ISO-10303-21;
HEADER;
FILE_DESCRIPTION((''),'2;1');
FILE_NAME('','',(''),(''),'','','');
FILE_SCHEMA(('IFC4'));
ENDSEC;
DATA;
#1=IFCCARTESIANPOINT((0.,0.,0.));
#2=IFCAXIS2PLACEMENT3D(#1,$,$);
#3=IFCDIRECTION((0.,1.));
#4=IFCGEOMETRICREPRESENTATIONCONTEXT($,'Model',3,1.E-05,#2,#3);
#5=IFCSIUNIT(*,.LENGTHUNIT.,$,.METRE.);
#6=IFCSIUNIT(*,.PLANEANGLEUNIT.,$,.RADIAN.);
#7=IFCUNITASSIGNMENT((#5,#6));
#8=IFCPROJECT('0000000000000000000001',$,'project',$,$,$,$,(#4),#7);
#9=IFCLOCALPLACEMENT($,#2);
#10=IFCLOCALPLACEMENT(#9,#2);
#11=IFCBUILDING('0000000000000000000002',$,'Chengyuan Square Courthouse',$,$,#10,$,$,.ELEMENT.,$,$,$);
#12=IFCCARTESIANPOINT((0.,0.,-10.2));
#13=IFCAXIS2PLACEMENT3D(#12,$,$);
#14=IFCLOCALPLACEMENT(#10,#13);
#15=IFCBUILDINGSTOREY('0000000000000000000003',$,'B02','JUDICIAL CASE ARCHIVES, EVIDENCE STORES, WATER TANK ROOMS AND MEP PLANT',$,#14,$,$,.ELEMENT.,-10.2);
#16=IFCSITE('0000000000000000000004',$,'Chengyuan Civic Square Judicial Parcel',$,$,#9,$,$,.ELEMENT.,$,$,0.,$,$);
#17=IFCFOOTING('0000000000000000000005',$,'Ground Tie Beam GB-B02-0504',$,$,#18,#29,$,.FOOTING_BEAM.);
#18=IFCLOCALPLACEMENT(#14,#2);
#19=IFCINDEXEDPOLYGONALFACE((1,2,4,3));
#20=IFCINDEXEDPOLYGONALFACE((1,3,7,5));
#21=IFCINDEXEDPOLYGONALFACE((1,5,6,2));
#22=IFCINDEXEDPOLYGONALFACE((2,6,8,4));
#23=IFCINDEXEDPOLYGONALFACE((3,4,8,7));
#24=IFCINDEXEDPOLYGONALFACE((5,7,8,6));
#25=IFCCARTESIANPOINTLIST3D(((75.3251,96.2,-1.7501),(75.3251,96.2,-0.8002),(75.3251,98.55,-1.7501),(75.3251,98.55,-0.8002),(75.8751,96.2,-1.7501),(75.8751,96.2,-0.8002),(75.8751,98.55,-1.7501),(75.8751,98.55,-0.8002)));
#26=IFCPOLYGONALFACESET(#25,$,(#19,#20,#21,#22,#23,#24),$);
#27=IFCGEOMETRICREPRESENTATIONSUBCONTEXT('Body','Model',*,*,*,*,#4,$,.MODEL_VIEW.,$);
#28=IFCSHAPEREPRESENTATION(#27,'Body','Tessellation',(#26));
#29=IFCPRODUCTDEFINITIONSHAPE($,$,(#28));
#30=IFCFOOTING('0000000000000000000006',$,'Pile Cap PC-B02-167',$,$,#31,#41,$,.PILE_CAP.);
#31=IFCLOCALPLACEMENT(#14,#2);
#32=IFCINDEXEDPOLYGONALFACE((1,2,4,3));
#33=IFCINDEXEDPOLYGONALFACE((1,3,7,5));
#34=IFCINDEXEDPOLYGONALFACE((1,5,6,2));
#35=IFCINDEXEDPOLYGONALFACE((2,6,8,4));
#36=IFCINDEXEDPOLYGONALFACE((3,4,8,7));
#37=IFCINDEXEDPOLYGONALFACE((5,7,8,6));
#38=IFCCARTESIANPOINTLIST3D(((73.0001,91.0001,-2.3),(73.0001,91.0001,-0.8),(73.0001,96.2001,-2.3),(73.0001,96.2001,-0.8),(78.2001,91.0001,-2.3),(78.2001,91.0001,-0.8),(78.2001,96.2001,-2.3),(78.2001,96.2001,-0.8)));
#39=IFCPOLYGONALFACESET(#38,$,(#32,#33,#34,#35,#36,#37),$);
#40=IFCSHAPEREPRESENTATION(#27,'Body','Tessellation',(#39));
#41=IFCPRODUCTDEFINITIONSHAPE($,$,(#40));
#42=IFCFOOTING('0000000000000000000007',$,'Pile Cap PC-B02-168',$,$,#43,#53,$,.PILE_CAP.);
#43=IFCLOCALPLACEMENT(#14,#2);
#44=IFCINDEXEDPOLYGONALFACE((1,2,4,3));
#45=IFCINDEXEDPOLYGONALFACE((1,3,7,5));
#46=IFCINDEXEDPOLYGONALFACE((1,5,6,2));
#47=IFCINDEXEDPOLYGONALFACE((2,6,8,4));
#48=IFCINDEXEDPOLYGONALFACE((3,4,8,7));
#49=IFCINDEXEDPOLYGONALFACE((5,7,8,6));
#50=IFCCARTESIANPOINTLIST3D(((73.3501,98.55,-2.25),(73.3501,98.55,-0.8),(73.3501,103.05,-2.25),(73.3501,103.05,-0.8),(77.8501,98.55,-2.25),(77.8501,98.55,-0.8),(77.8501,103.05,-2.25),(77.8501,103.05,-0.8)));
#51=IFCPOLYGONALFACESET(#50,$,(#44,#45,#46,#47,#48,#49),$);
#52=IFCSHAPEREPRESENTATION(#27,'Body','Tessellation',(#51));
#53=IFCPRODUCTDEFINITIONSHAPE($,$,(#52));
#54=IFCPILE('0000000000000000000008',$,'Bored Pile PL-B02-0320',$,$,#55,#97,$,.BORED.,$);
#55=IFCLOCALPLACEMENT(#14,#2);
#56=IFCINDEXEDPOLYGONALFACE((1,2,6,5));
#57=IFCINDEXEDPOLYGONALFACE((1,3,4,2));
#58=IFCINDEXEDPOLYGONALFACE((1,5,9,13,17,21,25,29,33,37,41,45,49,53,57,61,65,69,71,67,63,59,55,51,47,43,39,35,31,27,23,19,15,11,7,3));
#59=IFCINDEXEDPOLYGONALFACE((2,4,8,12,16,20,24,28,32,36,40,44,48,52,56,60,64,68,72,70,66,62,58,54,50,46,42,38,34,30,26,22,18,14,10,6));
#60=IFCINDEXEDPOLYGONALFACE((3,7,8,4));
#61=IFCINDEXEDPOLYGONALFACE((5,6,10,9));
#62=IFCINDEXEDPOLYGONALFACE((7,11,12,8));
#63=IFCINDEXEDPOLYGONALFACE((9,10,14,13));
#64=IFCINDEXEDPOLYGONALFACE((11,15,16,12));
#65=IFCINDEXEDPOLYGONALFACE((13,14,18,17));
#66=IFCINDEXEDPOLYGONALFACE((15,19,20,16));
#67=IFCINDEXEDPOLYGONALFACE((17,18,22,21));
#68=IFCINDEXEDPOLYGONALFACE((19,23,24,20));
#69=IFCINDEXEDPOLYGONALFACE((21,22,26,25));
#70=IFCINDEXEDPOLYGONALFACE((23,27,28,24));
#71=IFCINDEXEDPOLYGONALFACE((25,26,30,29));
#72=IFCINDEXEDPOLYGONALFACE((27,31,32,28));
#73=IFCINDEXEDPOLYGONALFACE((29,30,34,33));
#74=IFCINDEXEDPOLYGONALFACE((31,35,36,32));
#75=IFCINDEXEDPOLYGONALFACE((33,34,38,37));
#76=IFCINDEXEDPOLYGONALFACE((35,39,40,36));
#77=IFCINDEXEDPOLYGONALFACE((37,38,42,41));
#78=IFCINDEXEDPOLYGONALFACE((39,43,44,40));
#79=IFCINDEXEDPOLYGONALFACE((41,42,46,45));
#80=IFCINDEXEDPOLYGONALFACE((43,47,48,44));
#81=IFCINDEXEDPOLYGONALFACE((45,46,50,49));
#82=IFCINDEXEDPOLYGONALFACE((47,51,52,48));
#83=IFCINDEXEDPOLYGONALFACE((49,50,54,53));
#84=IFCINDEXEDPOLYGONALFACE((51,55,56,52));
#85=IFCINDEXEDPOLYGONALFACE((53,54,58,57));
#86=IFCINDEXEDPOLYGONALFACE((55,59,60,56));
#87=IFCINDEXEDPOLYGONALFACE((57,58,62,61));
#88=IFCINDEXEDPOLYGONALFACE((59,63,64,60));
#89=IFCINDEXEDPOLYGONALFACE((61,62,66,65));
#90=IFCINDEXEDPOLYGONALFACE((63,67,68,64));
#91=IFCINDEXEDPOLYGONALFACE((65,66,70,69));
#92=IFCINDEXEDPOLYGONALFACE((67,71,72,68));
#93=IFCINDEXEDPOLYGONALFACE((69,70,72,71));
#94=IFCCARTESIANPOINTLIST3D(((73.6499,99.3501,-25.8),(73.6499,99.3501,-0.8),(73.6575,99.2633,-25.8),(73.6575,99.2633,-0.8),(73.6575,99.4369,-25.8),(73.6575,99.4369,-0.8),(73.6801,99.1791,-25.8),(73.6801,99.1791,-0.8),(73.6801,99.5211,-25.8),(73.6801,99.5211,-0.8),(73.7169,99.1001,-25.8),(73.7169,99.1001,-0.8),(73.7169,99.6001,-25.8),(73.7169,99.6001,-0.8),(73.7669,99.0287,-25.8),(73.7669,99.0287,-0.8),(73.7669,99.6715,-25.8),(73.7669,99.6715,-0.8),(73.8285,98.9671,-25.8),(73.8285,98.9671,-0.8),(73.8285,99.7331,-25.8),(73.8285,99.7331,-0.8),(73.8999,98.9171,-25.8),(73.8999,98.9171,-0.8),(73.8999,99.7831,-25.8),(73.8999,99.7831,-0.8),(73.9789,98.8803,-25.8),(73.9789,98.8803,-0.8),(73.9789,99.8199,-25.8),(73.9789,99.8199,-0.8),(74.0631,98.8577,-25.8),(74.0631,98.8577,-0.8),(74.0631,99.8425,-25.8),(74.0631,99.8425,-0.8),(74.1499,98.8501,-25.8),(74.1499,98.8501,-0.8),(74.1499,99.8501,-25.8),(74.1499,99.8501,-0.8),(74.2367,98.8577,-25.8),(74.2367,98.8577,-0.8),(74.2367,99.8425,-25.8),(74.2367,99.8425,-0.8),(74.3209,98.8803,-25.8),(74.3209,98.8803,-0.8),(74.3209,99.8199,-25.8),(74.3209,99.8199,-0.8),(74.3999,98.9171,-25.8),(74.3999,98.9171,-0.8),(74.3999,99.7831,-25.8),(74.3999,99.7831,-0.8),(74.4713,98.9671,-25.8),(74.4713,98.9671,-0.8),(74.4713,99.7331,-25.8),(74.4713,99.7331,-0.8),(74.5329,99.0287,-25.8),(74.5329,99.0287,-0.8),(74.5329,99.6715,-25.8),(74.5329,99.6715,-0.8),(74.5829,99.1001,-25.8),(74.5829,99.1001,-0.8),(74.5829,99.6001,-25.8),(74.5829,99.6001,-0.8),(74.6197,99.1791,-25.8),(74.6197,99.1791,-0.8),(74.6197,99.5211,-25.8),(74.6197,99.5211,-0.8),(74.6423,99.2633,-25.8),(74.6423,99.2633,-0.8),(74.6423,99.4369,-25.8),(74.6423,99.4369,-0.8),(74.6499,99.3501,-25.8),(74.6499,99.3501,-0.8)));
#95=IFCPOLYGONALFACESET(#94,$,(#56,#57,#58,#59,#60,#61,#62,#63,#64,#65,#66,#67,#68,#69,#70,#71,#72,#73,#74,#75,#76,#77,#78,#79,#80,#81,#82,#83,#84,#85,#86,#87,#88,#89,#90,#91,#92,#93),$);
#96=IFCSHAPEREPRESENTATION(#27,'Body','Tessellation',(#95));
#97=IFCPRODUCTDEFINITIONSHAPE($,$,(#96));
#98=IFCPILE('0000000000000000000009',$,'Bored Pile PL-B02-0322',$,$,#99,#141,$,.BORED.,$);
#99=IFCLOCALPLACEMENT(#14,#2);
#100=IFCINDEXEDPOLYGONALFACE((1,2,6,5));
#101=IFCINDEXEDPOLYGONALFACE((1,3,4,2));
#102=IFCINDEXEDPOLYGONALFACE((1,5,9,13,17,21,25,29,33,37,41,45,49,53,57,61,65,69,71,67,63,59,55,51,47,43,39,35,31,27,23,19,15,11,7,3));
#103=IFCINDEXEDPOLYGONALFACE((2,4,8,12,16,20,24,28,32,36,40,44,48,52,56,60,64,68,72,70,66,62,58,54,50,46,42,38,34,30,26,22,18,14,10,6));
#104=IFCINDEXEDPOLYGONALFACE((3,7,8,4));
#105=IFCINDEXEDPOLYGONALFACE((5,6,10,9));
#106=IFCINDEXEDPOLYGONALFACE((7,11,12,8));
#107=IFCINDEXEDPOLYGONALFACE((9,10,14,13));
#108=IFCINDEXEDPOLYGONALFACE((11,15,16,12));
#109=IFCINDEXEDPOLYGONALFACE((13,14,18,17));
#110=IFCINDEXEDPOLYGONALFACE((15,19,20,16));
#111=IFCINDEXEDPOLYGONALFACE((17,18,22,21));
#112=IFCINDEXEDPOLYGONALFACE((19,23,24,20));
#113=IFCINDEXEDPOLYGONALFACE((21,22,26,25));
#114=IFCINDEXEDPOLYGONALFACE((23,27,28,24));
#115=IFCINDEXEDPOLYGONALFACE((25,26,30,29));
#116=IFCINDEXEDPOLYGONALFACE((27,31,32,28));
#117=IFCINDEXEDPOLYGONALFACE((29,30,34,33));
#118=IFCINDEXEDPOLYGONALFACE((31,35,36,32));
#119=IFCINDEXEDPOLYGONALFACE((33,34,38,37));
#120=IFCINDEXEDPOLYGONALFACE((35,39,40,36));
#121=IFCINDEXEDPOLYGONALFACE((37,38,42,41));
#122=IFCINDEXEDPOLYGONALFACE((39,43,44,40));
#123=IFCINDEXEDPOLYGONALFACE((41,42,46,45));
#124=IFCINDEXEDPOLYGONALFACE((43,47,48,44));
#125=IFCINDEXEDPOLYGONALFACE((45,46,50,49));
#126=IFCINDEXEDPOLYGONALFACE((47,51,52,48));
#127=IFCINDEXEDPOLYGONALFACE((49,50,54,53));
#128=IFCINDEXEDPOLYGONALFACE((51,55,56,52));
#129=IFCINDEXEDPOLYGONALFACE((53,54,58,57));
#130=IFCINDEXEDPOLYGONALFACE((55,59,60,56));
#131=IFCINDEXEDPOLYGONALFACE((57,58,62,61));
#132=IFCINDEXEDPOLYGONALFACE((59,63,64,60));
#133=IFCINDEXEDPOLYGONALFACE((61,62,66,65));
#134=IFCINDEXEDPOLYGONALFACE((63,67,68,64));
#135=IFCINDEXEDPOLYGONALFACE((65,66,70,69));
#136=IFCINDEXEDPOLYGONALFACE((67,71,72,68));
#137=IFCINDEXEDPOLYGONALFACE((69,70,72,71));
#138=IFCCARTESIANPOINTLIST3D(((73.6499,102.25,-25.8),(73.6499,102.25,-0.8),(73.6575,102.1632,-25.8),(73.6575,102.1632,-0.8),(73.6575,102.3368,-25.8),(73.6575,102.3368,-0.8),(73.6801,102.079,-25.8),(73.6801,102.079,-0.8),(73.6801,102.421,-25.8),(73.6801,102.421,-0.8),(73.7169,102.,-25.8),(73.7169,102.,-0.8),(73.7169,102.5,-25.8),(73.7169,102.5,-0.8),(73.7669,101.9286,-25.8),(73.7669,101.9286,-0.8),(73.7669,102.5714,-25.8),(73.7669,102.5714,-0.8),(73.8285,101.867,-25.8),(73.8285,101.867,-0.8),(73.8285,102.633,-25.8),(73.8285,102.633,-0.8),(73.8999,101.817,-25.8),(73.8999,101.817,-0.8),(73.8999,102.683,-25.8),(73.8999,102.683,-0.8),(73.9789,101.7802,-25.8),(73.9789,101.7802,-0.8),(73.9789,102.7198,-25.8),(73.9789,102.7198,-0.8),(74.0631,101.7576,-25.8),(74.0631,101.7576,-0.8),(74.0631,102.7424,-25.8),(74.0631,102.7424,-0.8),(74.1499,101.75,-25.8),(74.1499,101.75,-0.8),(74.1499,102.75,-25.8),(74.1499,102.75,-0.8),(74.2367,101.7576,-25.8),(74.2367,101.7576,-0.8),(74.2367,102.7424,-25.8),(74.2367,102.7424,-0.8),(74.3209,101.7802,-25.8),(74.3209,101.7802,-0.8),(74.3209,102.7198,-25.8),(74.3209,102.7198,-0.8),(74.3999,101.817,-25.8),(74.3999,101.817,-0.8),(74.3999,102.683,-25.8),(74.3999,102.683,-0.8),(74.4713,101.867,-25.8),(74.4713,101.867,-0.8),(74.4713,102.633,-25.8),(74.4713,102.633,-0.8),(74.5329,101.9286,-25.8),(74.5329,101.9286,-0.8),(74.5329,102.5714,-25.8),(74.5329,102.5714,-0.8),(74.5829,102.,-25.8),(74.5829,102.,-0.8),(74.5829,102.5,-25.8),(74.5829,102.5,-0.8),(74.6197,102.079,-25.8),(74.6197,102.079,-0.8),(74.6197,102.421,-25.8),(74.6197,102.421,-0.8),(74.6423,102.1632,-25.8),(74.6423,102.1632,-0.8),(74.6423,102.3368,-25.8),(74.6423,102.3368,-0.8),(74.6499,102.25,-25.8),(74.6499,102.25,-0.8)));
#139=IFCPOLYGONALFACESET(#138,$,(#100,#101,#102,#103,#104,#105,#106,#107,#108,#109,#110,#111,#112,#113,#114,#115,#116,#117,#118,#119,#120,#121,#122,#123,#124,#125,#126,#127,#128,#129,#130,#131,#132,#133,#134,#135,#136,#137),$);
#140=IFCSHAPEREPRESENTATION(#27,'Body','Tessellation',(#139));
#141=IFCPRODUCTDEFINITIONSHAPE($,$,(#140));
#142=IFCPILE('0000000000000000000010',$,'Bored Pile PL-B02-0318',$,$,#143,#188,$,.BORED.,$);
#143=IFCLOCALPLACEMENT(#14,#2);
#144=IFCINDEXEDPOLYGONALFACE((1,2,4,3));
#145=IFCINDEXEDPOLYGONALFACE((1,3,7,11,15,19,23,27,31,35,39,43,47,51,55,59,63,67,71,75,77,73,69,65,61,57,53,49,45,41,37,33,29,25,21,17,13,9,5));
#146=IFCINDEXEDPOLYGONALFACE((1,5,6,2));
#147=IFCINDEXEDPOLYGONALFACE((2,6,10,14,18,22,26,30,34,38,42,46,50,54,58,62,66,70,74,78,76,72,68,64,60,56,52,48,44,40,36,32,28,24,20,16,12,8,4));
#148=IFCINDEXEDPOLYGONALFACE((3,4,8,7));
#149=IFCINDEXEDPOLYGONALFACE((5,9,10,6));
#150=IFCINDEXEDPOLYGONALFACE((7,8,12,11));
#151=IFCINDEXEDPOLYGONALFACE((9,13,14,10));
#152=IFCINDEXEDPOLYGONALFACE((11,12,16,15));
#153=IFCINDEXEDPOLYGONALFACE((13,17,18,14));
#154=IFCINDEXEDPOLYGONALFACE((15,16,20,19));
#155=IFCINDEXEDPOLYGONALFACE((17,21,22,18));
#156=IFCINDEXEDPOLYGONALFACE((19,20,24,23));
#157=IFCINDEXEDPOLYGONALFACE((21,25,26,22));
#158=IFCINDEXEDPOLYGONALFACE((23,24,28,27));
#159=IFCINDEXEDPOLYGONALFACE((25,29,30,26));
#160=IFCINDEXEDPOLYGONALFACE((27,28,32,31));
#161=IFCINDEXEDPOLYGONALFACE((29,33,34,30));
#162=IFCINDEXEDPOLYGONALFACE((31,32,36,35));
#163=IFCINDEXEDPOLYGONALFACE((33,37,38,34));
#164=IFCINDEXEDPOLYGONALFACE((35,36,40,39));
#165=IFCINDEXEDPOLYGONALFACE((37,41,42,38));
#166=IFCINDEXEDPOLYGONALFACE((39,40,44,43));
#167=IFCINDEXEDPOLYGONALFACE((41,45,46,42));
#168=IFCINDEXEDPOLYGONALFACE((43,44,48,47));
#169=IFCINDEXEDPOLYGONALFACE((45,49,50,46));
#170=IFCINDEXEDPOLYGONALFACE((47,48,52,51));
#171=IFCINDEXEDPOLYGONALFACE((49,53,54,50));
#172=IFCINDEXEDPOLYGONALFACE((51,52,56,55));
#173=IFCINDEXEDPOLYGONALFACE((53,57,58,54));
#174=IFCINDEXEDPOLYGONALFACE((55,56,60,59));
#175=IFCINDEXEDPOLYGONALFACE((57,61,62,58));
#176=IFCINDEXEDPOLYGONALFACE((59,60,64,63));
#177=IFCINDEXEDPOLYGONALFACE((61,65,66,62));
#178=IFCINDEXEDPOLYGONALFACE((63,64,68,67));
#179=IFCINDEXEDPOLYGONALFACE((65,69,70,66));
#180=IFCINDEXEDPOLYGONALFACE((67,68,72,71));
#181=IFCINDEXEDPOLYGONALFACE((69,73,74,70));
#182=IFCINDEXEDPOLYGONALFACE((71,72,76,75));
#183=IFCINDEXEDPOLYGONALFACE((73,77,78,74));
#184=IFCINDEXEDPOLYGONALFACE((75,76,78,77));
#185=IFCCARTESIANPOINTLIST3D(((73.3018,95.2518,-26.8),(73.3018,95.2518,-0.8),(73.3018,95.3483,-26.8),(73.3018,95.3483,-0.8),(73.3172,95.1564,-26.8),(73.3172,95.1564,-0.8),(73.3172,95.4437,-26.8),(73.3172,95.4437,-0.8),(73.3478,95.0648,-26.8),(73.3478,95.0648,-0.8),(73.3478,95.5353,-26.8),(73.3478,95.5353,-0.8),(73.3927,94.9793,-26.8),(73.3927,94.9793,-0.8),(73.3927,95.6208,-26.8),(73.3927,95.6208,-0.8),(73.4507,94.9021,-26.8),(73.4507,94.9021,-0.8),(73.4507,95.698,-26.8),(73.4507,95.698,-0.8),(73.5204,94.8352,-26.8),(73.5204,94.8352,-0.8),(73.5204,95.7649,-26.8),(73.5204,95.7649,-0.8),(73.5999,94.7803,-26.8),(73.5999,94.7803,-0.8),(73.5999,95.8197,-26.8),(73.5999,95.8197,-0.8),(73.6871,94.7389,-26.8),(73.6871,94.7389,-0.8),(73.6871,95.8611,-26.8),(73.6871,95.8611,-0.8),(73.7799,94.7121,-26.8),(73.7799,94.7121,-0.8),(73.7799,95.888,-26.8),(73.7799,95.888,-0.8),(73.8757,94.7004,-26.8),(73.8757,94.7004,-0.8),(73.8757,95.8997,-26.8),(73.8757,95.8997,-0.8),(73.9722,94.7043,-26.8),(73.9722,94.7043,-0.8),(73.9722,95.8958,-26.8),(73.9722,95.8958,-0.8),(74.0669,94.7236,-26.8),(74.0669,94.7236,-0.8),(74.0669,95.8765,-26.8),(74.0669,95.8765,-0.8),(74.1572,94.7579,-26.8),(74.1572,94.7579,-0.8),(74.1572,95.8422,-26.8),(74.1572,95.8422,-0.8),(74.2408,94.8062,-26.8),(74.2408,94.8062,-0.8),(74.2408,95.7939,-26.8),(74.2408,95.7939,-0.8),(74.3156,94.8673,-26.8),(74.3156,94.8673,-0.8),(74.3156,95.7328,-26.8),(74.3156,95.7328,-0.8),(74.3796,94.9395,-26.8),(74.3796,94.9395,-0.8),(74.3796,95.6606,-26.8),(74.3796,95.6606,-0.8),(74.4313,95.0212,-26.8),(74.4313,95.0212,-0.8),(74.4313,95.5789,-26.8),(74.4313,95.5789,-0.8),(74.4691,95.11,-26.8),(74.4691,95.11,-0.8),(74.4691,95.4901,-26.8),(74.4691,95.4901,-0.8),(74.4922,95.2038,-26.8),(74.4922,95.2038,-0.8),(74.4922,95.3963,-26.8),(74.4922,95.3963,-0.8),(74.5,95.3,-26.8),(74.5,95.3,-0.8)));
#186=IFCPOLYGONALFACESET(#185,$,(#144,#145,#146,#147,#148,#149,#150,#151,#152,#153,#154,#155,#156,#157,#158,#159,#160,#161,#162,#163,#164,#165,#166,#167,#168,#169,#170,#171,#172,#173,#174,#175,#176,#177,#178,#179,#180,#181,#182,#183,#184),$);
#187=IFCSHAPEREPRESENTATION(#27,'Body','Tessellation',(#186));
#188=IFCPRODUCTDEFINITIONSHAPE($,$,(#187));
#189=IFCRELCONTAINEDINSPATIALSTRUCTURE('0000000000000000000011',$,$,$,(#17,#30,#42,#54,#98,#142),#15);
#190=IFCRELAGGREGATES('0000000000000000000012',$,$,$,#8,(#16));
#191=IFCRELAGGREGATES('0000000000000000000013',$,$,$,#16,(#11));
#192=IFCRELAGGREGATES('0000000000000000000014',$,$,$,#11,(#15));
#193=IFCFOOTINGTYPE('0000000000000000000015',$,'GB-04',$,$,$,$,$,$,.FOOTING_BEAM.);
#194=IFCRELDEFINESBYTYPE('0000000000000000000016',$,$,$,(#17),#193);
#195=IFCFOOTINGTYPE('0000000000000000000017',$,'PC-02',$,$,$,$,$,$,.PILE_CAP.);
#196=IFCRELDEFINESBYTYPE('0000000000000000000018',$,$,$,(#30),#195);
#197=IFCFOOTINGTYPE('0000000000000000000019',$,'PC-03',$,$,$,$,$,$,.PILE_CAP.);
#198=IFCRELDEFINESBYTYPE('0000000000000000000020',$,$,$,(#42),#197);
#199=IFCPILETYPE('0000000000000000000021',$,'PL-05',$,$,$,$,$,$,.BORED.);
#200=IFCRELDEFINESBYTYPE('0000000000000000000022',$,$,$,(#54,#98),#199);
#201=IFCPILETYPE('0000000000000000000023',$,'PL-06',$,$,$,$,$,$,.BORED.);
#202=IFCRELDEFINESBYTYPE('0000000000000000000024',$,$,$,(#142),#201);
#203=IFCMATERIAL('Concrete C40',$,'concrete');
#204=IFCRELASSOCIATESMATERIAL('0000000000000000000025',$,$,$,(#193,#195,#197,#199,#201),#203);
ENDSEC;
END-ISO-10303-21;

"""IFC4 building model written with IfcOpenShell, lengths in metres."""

from ifc_helpers import new_model, si_unit, direction, frame, origin, origin_2d, place, context, subcontext, project, spatial, rectangle, circle, extrude, material, material_profile, profile_set, type_object, element, save


model = new_model("IFC4")

# Units and contexts
model_context = context("Model", 3, precision=1e-05, world=origin(), true_north=direction((0.0, 1.0)))
body_context = subcontext(model_context, "Body", "Model", "MODEL_VIEW")
ifc_project = project(units=[si_unit("LENGTHUNIT", "METRE"), si_unit("PLANEANGLEUNIT", "RADIAN")], contexts=[model_context])

# Site, building, storey
site_placement = place(None, origin())
site = spatial("IfcSite", under=ifc_project, at=site_placement, Name="Chengyuan Civic Square Judicial Parcel", CompositionType="ELEMENT", RefElevation=0.0)
building_placement = place(site_placement, origin())
building = spatial("IfcBuilding", under=site, at=building_placement, Name="Chengyuan Square Courthouse", CompositionType="ELEMENT")
storey_placement = place(building_placement, frame((0.0, 0.0, -10.2)))
storey = spatial("IfcBuildingStorey", under=building, at=storey_placement, Name="B02", Description="JUDICIAL CASE ARCHIVES, EVIDENCE STORES, WATER TANK ROOMS AND MEP PLANT", CompositionType="ELEMENT", Elevation=-10.2)

# Footings
ifc_material_1 = material(Name="Concrete C40", Category="concrete")
ifc_material_profile_1 = material_profile(ifc_material_1, rectangle(XDim=0.55, YDim=0.95, at=origin_2d()), Name="GB-550x950")
ifc_profile_set_1 = profile_set([ifc_material_profile_1], Name="Concrete C40")
footing_type_1 = type_object("IfcFootingType", Name="GB-04", PredefinedType="FOOTING_BEAM", material=ifc_profile_set_1)
footing_1_placement = place(storey_placement, frame((75.6001, 96.2, -1.2751), z_axis=(0.0, 1.0, 0.0), x_axis=(-1.0, 0.0, 0.0)))
element("IfcFooting", 1, at=footing_1_placement, inside=storey, type_object=footing_type_1, Name="Ground Tie Beam GB-B02-0504", PredefinedType="FOOTING_BEAM", context=body_context, shape_type="SweptSolid", body=[
    extrude(rectangle(XDim=0.55, YDim=0.95, at=origin_2d()), origin(), (0.0, 0.0, 1.0), 2.3501),
])
footing_type_2 = type_object("IfcFootingType", Name="PC-02", PredefinedType="PILE_CAP", material=ifc_material_1)
footing_2_placement = place(storey_placement, frame((75.6001, 93.6001, -2.3), z_axis=(0.0, 0.0, 1.0), x_axis=(1.0, 0.0, 0.0)))
element("IfcFooting", 2, at=footing_2_placement, inside=storey, type_object=footing_type_2, Name="Pile Cap PC-B02-167", PredefinedType="PILE_CAP", context=body_context, shape_type="SweptSolid", body=[
    extrude(rectangle(XDim=5.2, YDim=5.2, at=origin_2d()), origin(), (0.0, 0.0, 1.0), 1.5),
])
footing_type_3 = type_object("IfcFootingType", Name="PC-03", PredefinedType="PILE_CAP", material=ifc_material_1)
footing_3_placement = place(storey_placement, frame((75.6001, 100.8, -2.25), z_axis=(0.0, 0.0, 1.0), x_axis=(1.0, 0.0, 0.0)))
element("IfcFooting", 3, at=footing_3_placement, inside=storey, type_object=footing_type_3, Name="Pile Cap PC-B02-168", PredefinedType="PILE_CAP", context=body_context, shape_type="SweptSolid", body=[
    extrude(rectangle(XDim=4.5, YDim=4.5, at=origin_2d()), origin(), (0.0, 0.0, 1.0), 1.45),
])

# Piles
ifc_material_profile_2 = material_profile(ifc_material_1, circle(Radius=0.5, at=origin_2d()), Name="BORED PILE D1000")
ifc_profile_set_2 = profile_set([ifc_material_profile_2], Name="Concrete C40")
pile_type_1 = type_object("IfcPileType", Name="PL-05", PredefinedType="BORED", material=ifc_profile_set_2)
for number, where, z_axis, x_axis, name in (
    (4, (74.1499, 99.3501, -0.8), (0.0, 0.0, -1.0), (1.0, 0.0, 0.0), "Bored Pile PL-B02-0320"),
    (5, (74.1499, 102.25, -0.8), (0.0, 0.0, -1.0), (1.0, 0.0, 0.0), "Bored Pile PL-B02-0322"),
):
    element("IfcPile", number, at=place(storey_placement, frame(where, z_axis=z_axis, x_axis=x_axis)), inside=storey, type_object=pile_type_1, Name=name, PredefinedType="BORED", context=body_context, shape_type="SweptSolid", body=[
        extrude(circle(Radius=0.5, at=origin_2d()), origin(), (0.0, 0.0, 1.0), 25.0),
    ])
ifc_material_profile_3 = material_profile(ifc_material_1, circle(Radius=0.6001, at=origin_2d()), Name="BORED PILE D1200")
ifc_profile_set_3 = profile_set([ifc_material_profile_3], Name="Concrete C40")
pile_type_2 = type_object("IfcPileType", Name="PL-06", PredefinedType="BORED", material=ifc_profile_set_3)
pile_placement = place(storey_placement, frame((73.8999, 95.3, -0.8), z_axis=(0.0, 0.0, -1.0), x_axis=(1.0, 0.0, 0.0)))
element("IfcPile", 6, at=pile_placement, inside=storey, type_object=pile_type_2, Name="Bored Pile PL-B02-0318", PredefinedType="BORED", context=body_context, shape_type="SweptSolid", body=[
    extrude(circle(Radius=0.6001, at=origin_2d()), origin(), (0.0, 0.0, 1.0), 26.0),
])

save(model, "model.ifc")
